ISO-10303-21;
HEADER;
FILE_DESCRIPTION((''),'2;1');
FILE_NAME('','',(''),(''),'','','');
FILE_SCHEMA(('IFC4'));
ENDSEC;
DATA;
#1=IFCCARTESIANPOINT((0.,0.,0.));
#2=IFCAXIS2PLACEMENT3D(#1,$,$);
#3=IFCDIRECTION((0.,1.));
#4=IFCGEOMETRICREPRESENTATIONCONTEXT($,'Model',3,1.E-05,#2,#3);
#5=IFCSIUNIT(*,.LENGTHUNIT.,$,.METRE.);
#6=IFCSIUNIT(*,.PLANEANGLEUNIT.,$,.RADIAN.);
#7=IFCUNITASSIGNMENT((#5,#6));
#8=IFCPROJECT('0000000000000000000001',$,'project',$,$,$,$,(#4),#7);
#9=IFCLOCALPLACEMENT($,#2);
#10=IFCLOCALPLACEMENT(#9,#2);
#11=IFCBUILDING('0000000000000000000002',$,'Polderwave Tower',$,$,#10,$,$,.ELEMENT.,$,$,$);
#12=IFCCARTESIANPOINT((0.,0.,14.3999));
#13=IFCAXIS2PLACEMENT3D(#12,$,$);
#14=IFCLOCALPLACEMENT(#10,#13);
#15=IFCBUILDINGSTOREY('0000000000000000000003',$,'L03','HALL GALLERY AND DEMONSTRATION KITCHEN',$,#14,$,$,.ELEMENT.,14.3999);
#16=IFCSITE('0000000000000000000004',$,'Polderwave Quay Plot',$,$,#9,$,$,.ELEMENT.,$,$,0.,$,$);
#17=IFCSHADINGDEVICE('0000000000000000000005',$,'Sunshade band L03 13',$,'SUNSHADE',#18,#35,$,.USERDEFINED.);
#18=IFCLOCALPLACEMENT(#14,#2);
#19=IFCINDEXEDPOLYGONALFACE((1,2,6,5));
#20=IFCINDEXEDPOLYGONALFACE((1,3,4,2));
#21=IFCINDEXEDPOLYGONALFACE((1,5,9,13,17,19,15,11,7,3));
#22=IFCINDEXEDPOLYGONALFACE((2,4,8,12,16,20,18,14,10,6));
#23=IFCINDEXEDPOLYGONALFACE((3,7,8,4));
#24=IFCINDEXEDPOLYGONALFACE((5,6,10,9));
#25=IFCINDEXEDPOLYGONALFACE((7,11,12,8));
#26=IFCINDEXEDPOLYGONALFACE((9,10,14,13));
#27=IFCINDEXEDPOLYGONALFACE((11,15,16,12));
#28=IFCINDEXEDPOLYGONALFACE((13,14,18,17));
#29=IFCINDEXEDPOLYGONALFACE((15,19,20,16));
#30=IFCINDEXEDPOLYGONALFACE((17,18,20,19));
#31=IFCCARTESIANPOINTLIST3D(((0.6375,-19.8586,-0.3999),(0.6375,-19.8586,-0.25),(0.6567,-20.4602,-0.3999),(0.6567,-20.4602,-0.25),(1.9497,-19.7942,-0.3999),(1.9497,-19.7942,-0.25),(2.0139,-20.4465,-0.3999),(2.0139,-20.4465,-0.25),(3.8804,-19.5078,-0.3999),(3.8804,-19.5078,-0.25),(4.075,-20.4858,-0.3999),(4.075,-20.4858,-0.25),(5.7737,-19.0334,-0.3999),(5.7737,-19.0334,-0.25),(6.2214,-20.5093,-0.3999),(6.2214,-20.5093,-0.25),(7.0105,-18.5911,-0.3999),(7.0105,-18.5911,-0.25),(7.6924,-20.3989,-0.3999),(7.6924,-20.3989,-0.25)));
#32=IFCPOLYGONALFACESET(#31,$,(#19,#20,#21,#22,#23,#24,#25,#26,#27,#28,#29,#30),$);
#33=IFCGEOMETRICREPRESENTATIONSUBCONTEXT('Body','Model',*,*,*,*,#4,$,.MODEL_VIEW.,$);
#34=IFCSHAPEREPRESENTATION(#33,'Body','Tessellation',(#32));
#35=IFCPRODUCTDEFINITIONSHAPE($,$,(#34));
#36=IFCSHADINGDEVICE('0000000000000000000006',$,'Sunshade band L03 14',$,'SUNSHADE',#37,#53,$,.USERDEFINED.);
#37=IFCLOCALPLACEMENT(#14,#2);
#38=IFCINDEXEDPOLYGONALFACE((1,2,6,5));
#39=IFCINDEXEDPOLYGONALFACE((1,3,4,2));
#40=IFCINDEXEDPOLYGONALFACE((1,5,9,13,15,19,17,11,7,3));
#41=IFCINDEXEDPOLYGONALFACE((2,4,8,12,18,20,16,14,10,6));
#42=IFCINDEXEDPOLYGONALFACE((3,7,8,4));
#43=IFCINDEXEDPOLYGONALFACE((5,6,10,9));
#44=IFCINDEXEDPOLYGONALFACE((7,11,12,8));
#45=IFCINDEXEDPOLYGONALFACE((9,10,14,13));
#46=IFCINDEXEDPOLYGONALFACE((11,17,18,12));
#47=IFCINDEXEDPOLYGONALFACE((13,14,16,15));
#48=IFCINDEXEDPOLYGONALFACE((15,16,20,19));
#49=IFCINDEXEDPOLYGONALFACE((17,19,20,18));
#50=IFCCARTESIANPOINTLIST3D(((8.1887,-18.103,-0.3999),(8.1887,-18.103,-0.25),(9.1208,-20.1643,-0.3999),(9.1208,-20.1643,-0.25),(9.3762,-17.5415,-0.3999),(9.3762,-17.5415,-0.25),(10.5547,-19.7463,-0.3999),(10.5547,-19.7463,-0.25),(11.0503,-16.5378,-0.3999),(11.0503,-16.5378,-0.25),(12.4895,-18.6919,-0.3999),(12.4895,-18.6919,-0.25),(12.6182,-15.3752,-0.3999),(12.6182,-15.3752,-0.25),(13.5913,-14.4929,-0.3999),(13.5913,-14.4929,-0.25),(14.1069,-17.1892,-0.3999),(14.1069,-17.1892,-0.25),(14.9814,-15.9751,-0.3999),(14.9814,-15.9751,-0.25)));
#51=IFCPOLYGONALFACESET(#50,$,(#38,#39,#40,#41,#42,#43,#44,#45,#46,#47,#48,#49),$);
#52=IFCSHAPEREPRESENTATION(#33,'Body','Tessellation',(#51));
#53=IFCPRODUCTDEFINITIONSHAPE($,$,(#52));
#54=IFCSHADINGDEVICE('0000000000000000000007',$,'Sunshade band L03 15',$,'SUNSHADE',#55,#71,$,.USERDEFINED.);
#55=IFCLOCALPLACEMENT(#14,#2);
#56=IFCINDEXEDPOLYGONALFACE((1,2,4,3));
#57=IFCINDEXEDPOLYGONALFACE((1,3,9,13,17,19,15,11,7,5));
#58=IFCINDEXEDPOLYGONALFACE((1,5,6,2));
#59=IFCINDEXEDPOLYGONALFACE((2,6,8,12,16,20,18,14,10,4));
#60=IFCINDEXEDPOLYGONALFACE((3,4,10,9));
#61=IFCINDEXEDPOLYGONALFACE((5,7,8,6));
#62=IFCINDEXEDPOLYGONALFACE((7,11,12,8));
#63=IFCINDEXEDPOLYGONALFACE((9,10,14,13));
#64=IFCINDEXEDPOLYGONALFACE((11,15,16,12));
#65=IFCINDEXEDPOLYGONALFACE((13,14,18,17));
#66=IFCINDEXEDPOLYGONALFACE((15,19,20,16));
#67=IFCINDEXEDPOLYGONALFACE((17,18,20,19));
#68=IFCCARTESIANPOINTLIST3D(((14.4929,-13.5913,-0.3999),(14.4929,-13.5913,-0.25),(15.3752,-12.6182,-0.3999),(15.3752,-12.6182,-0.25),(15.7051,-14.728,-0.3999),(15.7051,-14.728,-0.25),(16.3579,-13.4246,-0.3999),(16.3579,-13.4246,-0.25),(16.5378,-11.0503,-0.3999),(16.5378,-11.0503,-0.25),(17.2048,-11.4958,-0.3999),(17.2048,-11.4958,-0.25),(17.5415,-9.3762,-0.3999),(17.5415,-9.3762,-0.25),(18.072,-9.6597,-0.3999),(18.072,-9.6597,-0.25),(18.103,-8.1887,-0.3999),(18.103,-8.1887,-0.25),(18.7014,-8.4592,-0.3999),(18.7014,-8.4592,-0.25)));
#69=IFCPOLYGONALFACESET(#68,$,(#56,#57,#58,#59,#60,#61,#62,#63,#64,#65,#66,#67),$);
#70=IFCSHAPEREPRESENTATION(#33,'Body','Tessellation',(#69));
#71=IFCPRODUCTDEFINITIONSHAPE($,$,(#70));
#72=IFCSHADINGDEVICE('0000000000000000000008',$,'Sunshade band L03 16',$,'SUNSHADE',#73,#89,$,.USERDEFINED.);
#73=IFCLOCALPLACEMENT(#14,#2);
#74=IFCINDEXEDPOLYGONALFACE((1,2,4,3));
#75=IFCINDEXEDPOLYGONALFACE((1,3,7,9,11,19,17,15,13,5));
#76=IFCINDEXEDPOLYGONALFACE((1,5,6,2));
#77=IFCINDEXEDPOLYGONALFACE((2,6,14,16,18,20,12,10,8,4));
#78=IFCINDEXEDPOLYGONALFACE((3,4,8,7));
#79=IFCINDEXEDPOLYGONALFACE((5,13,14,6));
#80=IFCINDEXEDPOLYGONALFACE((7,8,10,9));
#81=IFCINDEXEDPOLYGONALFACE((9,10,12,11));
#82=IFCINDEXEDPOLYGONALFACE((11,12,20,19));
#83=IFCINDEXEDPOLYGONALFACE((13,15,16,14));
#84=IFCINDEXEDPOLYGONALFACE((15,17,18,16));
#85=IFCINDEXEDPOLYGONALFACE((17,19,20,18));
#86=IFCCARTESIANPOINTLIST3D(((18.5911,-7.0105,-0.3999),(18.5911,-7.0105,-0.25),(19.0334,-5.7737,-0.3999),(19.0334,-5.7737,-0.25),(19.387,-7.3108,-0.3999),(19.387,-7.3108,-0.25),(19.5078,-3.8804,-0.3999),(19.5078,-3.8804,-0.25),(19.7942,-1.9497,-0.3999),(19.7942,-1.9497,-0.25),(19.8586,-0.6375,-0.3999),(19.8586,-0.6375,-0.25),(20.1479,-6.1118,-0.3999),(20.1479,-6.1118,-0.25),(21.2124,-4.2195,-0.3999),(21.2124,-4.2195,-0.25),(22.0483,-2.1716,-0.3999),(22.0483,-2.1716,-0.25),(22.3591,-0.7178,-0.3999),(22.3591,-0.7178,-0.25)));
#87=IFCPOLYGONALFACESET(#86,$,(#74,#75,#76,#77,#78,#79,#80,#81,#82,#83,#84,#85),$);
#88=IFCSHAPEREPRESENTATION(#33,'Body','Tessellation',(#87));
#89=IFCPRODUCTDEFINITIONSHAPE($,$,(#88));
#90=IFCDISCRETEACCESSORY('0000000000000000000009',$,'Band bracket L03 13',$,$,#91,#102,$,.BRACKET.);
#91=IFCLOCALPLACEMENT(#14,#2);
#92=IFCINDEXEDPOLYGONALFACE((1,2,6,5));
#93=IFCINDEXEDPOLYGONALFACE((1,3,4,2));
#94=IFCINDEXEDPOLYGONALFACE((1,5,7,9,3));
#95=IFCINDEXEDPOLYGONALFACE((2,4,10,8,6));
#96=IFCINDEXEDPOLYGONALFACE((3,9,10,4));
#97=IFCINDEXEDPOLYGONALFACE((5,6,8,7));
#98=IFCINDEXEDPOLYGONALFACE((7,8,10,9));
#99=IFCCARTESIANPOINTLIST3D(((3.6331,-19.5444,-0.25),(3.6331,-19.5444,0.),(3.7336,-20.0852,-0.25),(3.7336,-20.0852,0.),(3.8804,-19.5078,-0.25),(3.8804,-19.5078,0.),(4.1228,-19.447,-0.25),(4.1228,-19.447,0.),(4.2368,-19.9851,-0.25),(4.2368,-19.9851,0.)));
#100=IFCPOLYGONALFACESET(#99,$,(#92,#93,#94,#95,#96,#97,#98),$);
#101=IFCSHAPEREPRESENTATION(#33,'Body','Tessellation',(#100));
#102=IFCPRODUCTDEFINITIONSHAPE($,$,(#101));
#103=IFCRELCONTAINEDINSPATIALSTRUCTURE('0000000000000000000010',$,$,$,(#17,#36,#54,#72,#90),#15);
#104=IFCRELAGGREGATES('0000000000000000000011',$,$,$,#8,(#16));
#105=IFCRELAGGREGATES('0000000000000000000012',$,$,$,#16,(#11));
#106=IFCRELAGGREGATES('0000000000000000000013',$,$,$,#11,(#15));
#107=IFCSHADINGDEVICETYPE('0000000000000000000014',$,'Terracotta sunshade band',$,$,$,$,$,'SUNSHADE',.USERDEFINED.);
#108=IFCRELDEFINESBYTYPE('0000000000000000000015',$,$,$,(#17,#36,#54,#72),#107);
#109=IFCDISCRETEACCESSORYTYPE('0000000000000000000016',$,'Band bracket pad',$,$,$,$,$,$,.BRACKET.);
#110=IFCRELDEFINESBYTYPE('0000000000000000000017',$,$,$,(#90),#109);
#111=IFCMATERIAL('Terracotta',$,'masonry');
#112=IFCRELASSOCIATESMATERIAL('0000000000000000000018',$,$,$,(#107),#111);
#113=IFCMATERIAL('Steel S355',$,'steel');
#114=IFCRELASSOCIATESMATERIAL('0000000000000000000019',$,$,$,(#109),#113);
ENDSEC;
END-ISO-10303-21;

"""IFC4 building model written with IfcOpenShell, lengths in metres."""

from ifc_helpers import new_model, si_unit, direction, frame, origin, place, context, subcontext, project, spatial, polyline, outline, extrude, material, type_object, element, save


model = new_model("IFC4")

# Units and contexts
model_context = context("Model", 3, precision=1e-05, world=origin(), true_north=direction((0.0, 1.0)))
body_context = subcontext(model_context, "Body", "Model", "MODEL_VIEW")
ifc_project = project(units=[si_unit("LENGTHUNIT", "METRE"), si_unit("PLANEANGLEUNIT", "RADIAN")], contexts=[model_context])

# Site, building, storey
site_placement = place(None, origin())
site = spatial("IfcSite", under=ifc_project, at=site_placement, Name="Polderwave Quay Plot", CompositionType="ELEMENT", RefElevation=0.0)
building_placement = place(site_placement, origin())
building = spatial("IfcBuilding", under=site, at=building_placement, Name="Polderwave Tower", CompositionType="ELEMENT")
storey_placement = place(building_placement, frame((0.0, 0.0, 14.3999)))
storey = spatial("IfcBuildingStorey", under=building, at=storey_placement, Name="L03", Description="HALL GALLERY AND DEMONSTRATION KITCHEN", CompositionType="ELEMENT", Elevation=14.3999)

# Shading devices
ifc_material_1 = material(Name="Terracotta", Category="masonry")
shading_device_type = type_object("IfcShadingDeviceType", Name="Terracotta sunshade band", ElementType="SUNSHADE", PredefinedType="USERDEFINED", material=ifc_material_1)
shading_device_1_placement = place(storey_placement, frame((0.0, 0.0, -0.3999)))
element("IfcShadingDevice", 1, at=shading_device_1_placement, inside=storey, type_object=shading_device_type, Name="Sunshade band L03 13", ObjectType="SUNSHADE", PredefinedType="USERDEFINED", context=body_context, shape_type="SweptSolid", body=[
    extrude(outline(polyline([(0.6375, -19.8586), (1.9497, -19.7942), (3.8804, -19.5078), (5.7737, -19.0334), (7.0105, -18.5911), (7.6924, -20.3989), (6.2214, -20.5093), (4.075, -20.4858), (2.0139, -20.4465), (0.6567, -20.4602), (0.6375, -19.8586)])), origin(), (0.0, 0.0, 1.0), 0.1499),
])
shading_device_2_placement = place(storey_placement, frame((0.0, 0.0, -0.3999)))
element("IfcShadingDevice", 2, at=shading_device_2_placement, inside=storey, type_object=shading_device_type, Name="Sunshade band L03 14", ObjectType="SUNSHADE", PredefinedType="USERDEFINED", context=body_context, shape_type="SweptSolid", body=[
    extrude(outline(polyline([(8.1887, -18.103), (9.3762, -17.5415), (11.0503, -16.5378), (12.6182, -15.3752), (13.5913, -14.4929), (14.9814, -15.9751), (14.1069, -17.1892), (12.4895, -18.6919), (10.5547, -19.7463), (9.1208, -20.1643), (8.1887, -18.103)])), origin(), (0.0, 0.0, 1.0), 0.1499),
])
shading_device_3_placement = place(storey_placement, frame((0.0, 0.0, -0.3999)))
element("IfcShadingDevice", 3, at=shading_device_3_placement, inside=storey, type_object=shading_device_type, Name="Sunshade band L03 15", ObjectType="SUNSHADE", PredefinedType="USERDEFINED", context=body_context, shape_type="SweptSolid", body=[
    extrude(outline(polyline([(14.4929, -13.5913), (15.3752, -12.6182), (16.5378, -11.0503), (17.5415, -9.3762), (18.103, -8.1887), (18.7014, -8.4592), (18.072, -9.6597), (17.2048, -11.4958), (16.3579, -13.4246), (15.7051, -14.728), (14.4929, -13.5913)])), origin(), (0.0, 0.0, 1.0), 0.1499),
])
shading_device_4_placement = place(storey_placement, frame((0.0, 0.0, -0.3999)))
element("IfcShadingDevice", 4, at=shading_device_4_placement, inside=storey, type_object=shading_device_type, Name="Sunshade band L03 16", ObjectType="SUNSHADE", PredefinedType="USERDEFINED", context=body_context, shape_type="SweptSolid", body=[
    extrude(outline(polyline([(18.5911, -7.0105), (19.0334, -5.7737), (19.5078, -3.8804), (19.7942, -1.9497), (19.8586, -0.6375), (22.3591, -0.7178), (22.0483, -2.1716), (21.2124, -4.2195), (20.1479, -6.1118), (19.387, -7.3108), (18.5911, -7.0105)])), origin(), (0.0, 0.0, 1.0), 0.1499),
])

# Discrete accessory
ifc_material_2 = material(Name="Steel S355", Category="steel")
discrete_accessory_type = type_object("IfcDiscreteAccessoryType", Name="Band bracket pad", PredefinedType="BRACKET", material=ifc_material_2)
discrete_accessory_placement = place(storey_placement, frame((0.0, 0.0, -0.25)))
element("IfcDiscreteAccessory", 5, at=discrete_accessory_placement, inside=storey, type_object=discrete_accessory_type, Name="Band bracket L03 13", PredefinedType="BRACKET", context=body_context, shape_type="SweptSolid", body=[
    extrude(outline(polyline([(3.6331, -19.5444), (3.8804, -19.5078), (4.1228, -19.447), (4.2368, -19.9851), (3.7336, -20.0852), (3.6331, -19.5444)])), origin(), (0.0, 0.0, 1.0), 0.25),
])

save(model, "model.ifc")
